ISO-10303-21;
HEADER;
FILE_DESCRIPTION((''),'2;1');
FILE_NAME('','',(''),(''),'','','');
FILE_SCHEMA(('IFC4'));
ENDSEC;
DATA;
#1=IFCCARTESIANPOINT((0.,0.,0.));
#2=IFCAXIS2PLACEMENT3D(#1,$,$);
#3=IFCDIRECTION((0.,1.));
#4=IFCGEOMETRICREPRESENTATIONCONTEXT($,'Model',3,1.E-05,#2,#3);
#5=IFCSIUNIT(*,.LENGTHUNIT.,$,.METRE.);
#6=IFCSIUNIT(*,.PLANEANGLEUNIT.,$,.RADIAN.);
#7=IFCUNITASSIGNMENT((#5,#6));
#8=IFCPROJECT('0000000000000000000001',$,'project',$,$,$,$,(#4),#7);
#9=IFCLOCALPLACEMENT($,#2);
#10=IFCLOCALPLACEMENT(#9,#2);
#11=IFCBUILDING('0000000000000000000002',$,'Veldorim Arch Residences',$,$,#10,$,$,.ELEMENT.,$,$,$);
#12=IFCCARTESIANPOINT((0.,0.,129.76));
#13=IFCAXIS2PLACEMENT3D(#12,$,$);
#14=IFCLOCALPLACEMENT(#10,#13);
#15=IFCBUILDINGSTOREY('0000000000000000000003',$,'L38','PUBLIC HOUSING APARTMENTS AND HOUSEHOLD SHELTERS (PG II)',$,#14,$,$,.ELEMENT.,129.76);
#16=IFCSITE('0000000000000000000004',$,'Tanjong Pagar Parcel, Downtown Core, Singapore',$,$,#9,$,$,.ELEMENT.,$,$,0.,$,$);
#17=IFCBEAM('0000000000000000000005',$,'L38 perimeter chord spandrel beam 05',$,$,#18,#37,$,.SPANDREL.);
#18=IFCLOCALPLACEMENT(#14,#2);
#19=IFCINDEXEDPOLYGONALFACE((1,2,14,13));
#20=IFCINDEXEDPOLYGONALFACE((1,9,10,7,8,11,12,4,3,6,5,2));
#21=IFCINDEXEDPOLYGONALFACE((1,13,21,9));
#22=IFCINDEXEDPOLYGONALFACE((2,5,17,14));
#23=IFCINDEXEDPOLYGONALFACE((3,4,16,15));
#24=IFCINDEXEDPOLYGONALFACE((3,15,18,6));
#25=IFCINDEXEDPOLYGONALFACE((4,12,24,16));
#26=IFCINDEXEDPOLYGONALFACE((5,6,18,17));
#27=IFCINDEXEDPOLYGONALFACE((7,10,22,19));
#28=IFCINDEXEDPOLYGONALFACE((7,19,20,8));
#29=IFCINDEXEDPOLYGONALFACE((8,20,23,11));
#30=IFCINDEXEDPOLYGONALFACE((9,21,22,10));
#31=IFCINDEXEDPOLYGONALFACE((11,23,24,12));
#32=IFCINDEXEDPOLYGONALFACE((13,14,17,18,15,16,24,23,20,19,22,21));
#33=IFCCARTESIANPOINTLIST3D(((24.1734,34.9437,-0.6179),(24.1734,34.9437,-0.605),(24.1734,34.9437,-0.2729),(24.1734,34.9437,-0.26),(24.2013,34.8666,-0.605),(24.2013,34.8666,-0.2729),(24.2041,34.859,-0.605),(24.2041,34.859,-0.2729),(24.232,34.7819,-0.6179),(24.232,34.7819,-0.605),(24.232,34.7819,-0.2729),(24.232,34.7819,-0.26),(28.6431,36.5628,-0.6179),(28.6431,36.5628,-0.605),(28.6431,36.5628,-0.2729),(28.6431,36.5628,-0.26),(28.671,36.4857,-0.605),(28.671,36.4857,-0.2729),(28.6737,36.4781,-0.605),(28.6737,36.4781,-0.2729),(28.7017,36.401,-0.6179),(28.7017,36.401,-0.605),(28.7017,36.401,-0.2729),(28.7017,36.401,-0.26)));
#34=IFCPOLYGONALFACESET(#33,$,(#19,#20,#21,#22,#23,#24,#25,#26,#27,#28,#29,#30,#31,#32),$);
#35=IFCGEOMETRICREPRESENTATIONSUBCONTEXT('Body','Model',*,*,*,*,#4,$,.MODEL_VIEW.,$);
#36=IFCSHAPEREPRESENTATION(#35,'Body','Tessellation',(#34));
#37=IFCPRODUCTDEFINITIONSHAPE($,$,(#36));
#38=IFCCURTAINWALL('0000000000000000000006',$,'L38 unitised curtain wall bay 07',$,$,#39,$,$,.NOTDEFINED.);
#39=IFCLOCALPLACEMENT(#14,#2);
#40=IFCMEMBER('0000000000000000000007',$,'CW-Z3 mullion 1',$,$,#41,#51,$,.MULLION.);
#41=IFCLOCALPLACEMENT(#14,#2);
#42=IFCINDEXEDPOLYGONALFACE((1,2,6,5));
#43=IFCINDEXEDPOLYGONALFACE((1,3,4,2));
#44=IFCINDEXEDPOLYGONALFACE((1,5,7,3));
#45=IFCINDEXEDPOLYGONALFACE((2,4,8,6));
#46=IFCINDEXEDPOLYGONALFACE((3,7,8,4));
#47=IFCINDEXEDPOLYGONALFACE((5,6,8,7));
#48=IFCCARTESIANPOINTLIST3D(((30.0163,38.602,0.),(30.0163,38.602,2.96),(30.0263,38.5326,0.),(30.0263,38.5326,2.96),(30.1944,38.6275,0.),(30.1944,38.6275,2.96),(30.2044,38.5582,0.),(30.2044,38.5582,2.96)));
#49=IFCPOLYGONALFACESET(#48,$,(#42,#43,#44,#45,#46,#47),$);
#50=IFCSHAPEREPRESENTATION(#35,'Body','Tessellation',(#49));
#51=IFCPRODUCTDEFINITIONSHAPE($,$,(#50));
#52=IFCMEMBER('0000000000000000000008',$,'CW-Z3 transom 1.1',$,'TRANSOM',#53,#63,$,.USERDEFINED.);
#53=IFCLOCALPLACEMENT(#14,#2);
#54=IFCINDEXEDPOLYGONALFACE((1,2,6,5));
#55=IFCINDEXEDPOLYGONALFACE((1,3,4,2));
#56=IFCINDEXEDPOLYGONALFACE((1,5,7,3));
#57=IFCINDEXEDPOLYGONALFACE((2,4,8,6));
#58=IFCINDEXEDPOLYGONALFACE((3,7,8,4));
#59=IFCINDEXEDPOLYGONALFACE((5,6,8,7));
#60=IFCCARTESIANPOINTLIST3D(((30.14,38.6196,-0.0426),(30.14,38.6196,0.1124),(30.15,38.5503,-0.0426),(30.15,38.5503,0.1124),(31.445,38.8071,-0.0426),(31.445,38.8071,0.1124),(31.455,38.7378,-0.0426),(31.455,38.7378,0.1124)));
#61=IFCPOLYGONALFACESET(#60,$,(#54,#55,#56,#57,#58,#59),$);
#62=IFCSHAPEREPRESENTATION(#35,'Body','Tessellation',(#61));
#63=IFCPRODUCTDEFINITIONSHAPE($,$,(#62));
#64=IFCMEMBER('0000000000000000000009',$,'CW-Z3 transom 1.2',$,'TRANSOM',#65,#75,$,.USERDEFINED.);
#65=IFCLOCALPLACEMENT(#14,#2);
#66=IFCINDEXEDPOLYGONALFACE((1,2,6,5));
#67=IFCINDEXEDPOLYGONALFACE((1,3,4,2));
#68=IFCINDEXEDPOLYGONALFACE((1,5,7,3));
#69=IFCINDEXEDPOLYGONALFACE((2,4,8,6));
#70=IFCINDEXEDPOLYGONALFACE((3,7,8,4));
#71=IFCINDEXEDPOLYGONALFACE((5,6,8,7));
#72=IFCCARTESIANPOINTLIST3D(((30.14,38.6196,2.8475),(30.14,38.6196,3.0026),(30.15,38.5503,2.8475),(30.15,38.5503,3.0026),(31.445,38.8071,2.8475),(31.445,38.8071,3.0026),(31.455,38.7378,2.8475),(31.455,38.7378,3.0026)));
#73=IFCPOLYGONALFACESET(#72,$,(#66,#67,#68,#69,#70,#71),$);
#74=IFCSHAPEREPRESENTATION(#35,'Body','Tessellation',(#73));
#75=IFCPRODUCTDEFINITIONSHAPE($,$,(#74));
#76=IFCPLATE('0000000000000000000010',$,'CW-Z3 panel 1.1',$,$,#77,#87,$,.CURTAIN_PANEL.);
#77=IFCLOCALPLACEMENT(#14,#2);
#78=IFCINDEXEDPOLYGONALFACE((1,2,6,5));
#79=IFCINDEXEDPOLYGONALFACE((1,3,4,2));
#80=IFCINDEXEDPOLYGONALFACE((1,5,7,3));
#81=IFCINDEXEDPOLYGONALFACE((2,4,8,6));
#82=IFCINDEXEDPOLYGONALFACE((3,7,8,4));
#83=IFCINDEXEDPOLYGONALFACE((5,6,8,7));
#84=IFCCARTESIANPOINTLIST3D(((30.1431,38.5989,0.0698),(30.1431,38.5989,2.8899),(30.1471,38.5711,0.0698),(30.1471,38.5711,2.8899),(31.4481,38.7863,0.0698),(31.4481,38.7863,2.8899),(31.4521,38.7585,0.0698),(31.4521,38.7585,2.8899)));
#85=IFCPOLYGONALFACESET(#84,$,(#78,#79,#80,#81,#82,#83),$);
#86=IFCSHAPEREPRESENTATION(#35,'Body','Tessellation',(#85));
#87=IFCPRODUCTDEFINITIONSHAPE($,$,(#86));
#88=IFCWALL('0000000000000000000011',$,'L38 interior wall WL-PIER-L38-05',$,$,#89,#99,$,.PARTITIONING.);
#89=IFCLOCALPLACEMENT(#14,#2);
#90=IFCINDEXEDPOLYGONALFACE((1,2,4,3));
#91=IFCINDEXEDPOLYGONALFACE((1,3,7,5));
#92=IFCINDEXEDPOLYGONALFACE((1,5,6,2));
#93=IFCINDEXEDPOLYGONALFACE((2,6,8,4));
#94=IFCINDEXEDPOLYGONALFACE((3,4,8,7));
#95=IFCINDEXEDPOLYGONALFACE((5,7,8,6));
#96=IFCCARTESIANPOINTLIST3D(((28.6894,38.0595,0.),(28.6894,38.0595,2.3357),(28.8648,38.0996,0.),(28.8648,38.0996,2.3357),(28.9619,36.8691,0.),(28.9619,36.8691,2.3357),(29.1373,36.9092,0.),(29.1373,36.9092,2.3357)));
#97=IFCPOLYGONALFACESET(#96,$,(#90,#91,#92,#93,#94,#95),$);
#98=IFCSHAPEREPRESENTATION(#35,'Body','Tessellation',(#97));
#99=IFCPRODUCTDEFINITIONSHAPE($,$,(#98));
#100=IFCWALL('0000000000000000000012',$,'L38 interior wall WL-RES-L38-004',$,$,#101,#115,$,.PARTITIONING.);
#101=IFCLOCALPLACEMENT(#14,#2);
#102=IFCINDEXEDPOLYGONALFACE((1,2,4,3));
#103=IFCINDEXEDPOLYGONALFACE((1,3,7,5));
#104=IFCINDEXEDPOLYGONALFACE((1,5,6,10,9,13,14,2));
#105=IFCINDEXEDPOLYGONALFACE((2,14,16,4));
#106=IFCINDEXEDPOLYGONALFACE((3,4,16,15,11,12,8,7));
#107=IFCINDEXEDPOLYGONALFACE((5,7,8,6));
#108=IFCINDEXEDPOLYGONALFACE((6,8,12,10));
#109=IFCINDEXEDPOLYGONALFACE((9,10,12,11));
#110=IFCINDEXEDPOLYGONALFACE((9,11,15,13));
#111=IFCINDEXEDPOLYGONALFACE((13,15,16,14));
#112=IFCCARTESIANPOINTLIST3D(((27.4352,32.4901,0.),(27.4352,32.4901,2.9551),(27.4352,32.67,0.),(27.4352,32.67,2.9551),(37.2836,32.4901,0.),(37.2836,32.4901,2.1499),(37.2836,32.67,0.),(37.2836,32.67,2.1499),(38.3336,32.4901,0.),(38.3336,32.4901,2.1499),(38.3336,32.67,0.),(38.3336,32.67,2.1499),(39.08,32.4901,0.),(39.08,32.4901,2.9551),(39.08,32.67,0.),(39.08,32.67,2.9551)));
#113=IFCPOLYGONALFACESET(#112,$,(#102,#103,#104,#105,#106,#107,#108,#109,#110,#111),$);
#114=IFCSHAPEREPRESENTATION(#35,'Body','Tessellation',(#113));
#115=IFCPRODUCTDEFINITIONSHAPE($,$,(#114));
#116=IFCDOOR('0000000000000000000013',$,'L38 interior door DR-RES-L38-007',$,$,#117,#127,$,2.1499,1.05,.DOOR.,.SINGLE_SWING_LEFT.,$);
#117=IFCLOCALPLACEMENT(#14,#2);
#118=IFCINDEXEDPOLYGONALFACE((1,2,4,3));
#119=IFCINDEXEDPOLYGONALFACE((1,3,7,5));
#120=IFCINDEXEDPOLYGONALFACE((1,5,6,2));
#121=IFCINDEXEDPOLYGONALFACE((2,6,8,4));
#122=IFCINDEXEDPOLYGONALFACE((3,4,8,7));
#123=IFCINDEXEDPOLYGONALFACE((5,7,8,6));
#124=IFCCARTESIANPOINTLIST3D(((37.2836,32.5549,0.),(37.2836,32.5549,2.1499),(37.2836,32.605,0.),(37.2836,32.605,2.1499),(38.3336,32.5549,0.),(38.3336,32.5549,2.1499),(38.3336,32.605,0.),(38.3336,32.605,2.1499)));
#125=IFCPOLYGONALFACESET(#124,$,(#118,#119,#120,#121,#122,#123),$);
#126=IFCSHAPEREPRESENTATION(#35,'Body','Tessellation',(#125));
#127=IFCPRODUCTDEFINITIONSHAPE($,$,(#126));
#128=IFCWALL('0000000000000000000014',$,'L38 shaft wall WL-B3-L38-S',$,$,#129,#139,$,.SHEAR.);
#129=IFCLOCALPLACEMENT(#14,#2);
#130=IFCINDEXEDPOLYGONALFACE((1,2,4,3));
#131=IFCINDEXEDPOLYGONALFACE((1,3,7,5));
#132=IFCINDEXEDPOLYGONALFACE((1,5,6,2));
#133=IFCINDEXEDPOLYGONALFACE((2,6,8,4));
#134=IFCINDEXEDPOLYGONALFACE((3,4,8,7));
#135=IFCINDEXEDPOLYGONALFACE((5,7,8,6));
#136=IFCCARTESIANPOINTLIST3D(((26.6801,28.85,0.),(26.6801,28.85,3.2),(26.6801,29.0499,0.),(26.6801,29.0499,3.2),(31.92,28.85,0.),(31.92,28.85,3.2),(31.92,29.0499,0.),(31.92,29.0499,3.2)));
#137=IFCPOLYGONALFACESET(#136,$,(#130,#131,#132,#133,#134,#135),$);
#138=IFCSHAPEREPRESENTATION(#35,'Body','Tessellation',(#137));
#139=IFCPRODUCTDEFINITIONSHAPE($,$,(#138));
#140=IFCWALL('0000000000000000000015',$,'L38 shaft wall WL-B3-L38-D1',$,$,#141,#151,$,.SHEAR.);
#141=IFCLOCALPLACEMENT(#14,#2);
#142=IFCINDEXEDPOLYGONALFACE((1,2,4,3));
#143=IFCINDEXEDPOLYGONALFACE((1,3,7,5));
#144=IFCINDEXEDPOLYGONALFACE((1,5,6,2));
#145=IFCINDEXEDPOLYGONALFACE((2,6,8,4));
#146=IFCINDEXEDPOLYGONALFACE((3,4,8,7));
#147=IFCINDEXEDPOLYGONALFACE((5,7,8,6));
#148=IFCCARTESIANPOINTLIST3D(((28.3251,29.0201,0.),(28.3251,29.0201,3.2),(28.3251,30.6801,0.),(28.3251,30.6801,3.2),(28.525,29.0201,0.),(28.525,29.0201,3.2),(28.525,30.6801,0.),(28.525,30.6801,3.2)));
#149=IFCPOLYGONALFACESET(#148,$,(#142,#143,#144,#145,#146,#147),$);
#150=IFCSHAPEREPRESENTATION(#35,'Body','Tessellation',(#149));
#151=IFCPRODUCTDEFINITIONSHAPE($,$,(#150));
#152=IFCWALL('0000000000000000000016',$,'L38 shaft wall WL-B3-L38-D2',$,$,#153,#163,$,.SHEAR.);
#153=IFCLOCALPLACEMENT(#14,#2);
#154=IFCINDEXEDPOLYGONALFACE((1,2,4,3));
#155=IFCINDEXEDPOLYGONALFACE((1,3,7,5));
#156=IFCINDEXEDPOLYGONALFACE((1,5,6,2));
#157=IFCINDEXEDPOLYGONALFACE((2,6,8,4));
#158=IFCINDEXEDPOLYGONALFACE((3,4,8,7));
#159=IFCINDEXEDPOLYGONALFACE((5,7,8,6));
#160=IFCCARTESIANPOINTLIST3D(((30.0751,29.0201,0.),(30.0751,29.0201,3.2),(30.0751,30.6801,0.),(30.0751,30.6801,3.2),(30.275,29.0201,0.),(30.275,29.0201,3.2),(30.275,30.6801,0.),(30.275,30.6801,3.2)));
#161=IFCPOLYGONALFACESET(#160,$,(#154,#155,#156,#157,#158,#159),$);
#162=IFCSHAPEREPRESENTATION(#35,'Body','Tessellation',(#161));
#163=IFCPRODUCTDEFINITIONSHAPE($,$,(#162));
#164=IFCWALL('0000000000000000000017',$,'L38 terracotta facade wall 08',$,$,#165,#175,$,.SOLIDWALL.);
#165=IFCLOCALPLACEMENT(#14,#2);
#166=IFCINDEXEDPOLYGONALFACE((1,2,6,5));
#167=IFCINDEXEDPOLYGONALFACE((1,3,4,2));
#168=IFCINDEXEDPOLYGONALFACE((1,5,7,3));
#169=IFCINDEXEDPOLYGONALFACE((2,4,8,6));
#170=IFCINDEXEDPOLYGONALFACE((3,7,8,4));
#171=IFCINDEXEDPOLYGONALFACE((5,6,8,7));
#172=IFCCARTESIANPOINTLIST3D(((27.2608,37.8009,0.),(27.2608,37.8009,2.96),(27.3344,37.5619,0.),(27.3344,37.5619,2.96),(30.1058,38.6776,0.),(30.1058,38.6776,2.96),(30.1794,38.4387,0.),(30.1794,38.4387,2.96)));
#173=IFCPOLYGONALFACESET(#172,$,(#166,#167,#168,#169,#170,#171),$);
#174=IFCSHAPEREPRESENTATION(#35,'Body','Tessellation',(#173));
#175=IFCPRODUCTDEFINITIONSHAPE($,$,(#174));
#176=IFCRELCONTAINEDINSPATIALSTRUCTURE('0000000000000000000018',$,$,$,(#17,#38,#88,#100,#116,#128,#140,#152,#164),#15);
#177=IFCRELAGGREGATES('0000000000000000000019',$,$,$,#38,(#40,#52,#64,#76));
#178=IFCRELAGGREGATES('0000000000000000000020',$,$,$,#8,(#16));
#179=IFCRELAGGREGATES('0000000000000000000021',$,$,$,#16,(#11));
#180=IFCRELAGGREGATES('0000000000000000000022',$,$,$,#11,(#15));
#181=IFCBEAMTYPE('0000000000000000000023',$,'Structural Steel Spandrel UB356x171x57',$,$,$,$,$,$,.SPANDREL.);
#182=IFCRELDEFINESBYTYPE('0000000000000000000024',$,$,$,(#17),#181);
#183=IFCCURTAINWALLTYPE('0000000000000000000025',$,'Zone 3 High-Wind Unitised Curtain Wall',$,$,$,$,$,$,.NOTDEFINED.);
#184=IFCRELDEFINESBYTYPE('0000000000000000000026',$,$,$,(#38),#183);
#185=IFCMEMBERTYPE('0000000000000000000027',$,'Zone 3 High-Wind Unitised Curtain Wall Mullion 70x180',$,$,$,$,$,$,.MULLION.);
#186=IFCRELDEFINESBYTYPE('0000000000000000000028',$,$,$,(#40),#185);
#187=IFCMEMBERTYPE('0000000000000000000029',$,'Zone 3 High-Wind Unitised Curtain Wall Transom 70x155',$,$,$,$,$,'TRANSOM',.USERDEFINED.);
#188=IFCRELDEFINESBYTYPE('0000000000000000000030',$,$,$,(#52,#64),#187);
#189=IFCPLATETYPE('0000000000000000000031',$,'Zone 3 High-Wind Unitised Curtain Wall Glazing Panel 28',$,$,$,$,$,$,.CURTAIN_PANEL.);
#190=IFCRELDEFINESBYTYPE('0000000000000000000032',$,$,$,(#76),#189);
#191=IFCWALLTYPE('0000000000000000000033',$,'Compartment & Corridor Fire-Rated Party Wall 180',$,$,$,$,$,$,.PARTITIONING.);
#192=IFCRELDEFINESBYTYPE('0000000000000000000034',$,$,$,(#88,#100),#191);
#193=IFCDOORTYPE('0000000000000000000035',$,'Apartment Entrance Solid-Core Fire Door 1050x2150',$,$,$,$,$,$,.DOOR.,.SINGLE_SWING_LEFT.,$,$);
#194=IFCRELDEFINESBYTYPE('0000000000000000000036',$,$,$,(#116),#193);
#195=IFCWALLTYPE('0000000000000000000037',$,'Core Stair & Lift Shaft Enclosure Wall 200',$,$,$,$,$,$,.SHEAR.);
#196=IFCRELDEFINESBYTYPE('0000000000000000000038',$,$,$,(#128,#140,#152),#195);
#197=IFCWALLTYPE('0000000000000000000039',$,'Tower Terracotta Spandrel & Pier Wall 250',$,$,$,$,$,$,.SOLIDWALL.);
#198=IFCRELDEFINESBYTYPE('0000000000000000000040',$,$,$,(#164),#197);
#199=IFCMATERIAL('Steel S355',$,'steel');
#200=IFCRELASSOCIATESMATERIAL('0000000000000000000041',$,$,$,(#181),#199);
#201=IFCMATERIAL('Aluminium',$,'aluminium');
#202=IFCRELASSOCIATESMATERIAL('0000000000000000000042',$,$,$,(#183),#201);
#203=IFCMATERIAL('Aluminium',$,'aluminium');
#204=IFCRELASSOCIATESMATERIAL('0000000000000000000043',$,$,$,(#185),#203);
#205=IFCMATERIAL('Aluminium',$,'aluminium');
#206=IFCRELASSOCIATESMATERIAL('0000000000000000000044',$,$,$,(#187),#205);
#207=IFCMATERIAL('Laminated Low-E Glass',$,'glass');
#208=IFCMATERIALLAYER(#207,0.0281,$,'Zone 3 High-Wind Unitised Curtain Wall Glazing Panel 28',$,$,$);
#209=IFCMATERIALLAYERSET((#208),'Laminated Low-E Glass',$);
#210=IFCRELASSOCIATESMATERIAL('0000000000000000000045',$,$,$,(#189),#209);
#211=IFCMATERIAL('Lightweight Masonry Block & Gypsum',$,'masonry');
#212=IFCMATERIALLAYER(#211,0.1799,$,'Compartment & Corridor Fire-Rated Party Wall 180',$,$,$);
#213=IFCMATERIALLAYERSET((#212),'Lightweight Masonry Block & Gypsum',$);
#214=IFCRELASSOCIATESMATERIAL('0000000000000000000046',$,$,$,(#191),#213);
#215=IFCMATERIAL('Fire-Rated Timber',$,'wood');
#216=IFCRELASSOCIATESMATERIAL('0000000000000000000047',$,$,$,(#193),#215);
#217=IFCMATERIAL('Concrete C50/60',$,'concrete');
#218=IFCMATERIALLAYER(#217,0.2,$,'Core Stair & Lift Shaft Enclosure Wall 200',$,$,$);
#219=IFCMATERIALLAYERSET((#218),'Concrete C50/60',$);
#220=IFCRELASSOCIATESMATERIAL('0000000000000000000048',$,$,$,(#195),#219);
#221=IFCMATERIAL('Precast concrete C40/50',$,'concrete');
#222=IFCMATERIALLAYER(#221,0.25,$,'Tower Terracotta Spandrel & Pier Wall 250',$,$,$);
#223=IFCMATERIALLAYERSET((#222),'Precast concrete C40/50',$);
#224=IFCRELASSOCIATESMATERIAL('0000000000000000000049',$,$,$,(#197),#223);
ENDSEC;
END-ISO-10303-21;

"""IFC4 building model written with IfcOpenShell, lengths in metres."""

from ifc_helpers import new_model, si_unit, direction, frame, frame_2d, origin, origin_2d, place, context, subcontext, project, spatial, rectangle, i_section, extrude, material, layer, layer_set, material_profile, profile_set, type_object, element, fill, aggregate, save


model = new_model("IFC4")

# Units and contexts
model_context = context("Model", 3, precision=1e-05, world=origin(), true_north=direction((0.0, 1.0)))
body_context = subcontext(model_context, "Body", "Model", "MODEL_VIEW")
ifc_project = project(units=[si_unit("LENGTHUNIT", "METRE"), si_unit("PLANEANGLEUNIT", "RADIAN")], contexts=[model_context])

# Site, building, storey
site_placement = place(None, origin())
site = spatial("IfcSite", under=ifc_project, at=site_placement, Name="Tanjong Pagar Parcel, Downtown Core, Singapore", CompositionType="ELEMENT", RefElevation=0.0)
building_placement = place(site_placement, origin())
building = spatial("IfcBuilding", under=site, at=building_placement, Name="Veldorim Arch Residences", CompositionType="ELEMENT")
storey_placement = place(building_placement, frame((0.0, 0.0, 129.76)))
storey = spatial("IfcBuildingStorey", under=building, at=storey_placement, Name="L38", Description="PUBLIC HOUSING APARTMENTS AND HOUSEHOLD SHELTERS (PG II)", CompositionType="ELEMENT", Elevation=129.76)

# Beam
ifc_material_1 = material(Name="Steel S355", Category="steel")
ifc_material_profile_1 = material_profile(ifc_material_1, i_section(OverallWidth=0.1721, OverallDepth=0.3579, WebThickness=0.0081, FlangeThickness=0.0129, at=origin_2d()), Name="UB356x171x57")
ifc_profile_set_1 = profile_set([ifc_material_profile_1], Name="Steel S355")
beam_type_1 = type_object("IfcBeamType", Name="Structural Steel Spandrel UB356x171x57", PredefinedType="SPANDREL", material=ifc_profile_set_1)
beam_1_placement = place(storey_placement, frame((28.6724, 36.4819, -0.439), z_axis=(-0.940213, -0.340588, 0.0), x_axis=(0.340588, -0.940213, 0.0)))
element("IfcBeam", 1, at=beam_1_placement, inside=storey, type_object=beam_type_1, Name="L38 perimeter chord spandrel beam 05", PredefinedType="SPANDREL", context=body_context, shape_type="SweptSolid", body=[
    extrude(i_section(OverallWidth=0.1721, OverallDepth=0.3579, WebThickness=0.0081, FlangeThickness=0.0129, at=origin_2d()), origin(), (0.0, 0.0, 1.0), 4.7539),
])

# Curtain wall, members, plate
ifc_material_2 = material(Name="Aluminium", Category="aluminium")
curtain_wall_type = type_object("IfcCurtainWallType", Name="Zone 3 High-Wind Unitised Curtain Wall", PredefinedType="NOTDEFINED", material=ifc_material_2)
curtain_wall_placement = place(storey_placement, origin())
curtain_wall = element("IfcCurtainWall", 2, at=curtain_wall_placement, inside=storey, type_object=curtain_wall_type, Name="L38 unitised curtain wall bay 07", PredefinedType="NOTDEFINED")
ifc_material_3 = material(Name="Aluminium", Category="aluminium")
ifc_material_profile_2 = material_profile(ifc_material_3, rectangle(XDim=0.0701, YDim=0.1799, at=origin_2d()), Name="ALU_MUL_70x180")
ifc_profile_set_2 = profile_set([ifc_material_profile_2], Name="Aluminium")
member_type_1 = type_object("IfcMemberType", Name="Zone 3 High-Wind Unitised Curtain Wall Mullion 70x180", PredefinedType="MULLION", material=ifc_profile_set_2)
member_1_placement = place(storey_placement, frame((30.1104, 38.5801, 0.0), z_axis=(0.0, 0.0, 1.0), x_axis=(-0.14212, 0.989849, 0.0)))
member_1 = element("IfcMember", 3, at=member_1_placement, type_object=member_type_1, Name="CW-Z3 mullion 1", PredefinedType="MULLION", context=body_context, shape_type="SweptSolid", body=[
    extrude(rectangle(XDim=0.0701, YDim=0.1799, at=origin_2d()), origin(), (0.0, 0.0, 1.0), 2.96),
])
ifc_material_4 = material(Name="Aluminium", Category="aluminium")
ifc_material_profile_3 = material_profile(ifc_material_4, rectangle(XDim=0.0701, YDim=0.155, at=origin_2d()), Name="ALU_TRN_70x155")
ifc_profile_set_3 = profile_set([ifc_material_profile_3], Name="Aluminium")
member_type_2 = type_object("IfcMemberType", Name="Zone 3 High-Wind Unitised Curtain Wall Transom 70x155", ElementType="TRANSOM", PredefinedType="USERDEFINED", material=ifc_profile_set_3)
member_2_placement = place(storey_placement, frame((30.145, 38.585, 0.0349), z_axis=(0.989834, 0.142225, 0.0), x_axis=(-0.142225, 0.989834, 0.0)))
member_2 = element("IfcMember", 4, at=member_2_placement, type_object=member_type_2, Name="CW-Z3 transom 1.1", ObjectType="TRANSOM", PredefinedType="USERDEFINED", context=body_context, shape_type="SweptSolid", body=[
    extrude(rectangle(XDim=0.0701, YDim=0.155, at=origin_2d()), origin(), (0.0, 0.0, 1.0), 1.3184),
])
member_3_placement = place(storey_placement, frame((30.145, 38.585, 2.925), z_axis=(0.989834, 0.142225, 0.0), x_axis=(-0.142225, 0.989834, 0.0)))
member_3 = element("IfcMember", 5, at=member_3_placement, type_object=member_type_2, Name="CW-Z3 transom 1.2", ObjectType="TRANSOM", PredefinedType="USERDEFINED", context=body_context, shape_type="SweptSolid", body=[
    extrude(rectangle(XDim=0.0701, YDim=0.155, at=origin_2d()), origin(), (0.0, 0.0, 1.0), 1.3184),
])
ifc_material_5 = material(Name="Laminated Low-E Glass", Category="glass")
ifc_layer_1 = layer(ifc_material_5, 0.0281, Name="Zone 3 High-Wind Unitised Curtain Wall Glazing Panel 28")
ifc_layer_set_1 = layer_set([ifc_layer_1], Name="Laminated Low-E Glass")
plate_type = type_object("IfcPlateType", Name="Zone 3 High-Wind Unitised Curtain Wall Glazing Panel 28", PredefinedType="CURTAIN_PANEL", material=ifc_layer_set_1)
plate_placement = place(storey_placement, frame((30.7976, 38.6787, 0.0698), z_axis=(0.0, 0.0, 1.0), x_axis=(0.989849, 0.14212, 0.0)))
plate = element("IfcPlate", 6, at=plate_placement, type_object=plate_type, Name="CW-Z3 panel 1.1", PredefinedType="CURTAIN_PANEL", context=body_context, shape_type="SweptSolid", body=[
    extrude(rectangle(XDim=1.3184, YDim=0.0281, at=origin_2d()), origin(), (0.0, 0.0, 1.0), 2.8201),
])
aggregate(curtain_wall, [member_1, member_2, member_3, plate])

# Wall
ifc_material_6 = material(Name="Lightweight Masonry Block & Gypsum", Category="masonry")
ifc_layer_2 = layer(ifc_material_6, 0.1799, Name="Compartment & Corridor Fire-Rated Party Wall 180")
ifc_layer_set_2 = layer_set([ifc_layer_2], Name="Lightweight Masonry Block & Gypsum")
wall_type_1 = type_object("IfcWallType", Name="Compartment & Corridor Fire-Rated Party Wall 180", PredefinedType="PARTITIONING", material=ifc_layer_set_2)
wall_1_placement = place(storey_placement, frame((29.0496, 36.8892, 0.0), z_axis=(0.0, 0.0, 1.0), x_axis=(-0.223107, 0.974794, 0.0)))
element("IfcWall", 7, at=wall_1_placement, inside=storey, type_object=wall_type_1, Name="L38 interior wall WL-PIER-L38-05", PredefinedType="PARTITIONING", context=body_context, shape_type="SweptSolid", body=[
    extrude(rectangle(XDim=1.2212, YDim=0.1799, at=frame_2d((0.6106, 0.0))), origin(), (0.0, 0.0, 1.0), 2.3357),
])

# Wall, opening, door
wall_2_placement = place(storey_placement, frame((27.4353, 32.5801, 0.0), z_axis=(0.0, 0.0, 1.0), x_axis=(1.0, 0.0, 0.0)))
wall_2 = element("IfcWall", 8, at=wall_2_placement, inside=storey, type_object=wall_type_1, Name="L38 interior wall WL-RES-L38-004", PredefinedType="PARTITIONING", context=body_context, shape_type="SweptSolid", body=[
    extrude(rectangle(XDim=11.6448, YDim=0.1799, at=frame_2d((5.8223, 0.0))), origin(), (0.0, 0.0, 1.0), 2.9551),
])
opening_placement = place(wall_2_placement, frame((9.8484, 0.0, 0.0)))
opening = element("IfcOpeningElement", 9, at=opening_placement, cuts=wall_2, PredefinedType="OPENING", context=body_context, shape_type="SweptSolid", body=[
    extrude(rectangle(XDim=1.05, YDim=2.1499, at=frame_2d((0.5249, 1.075))), frame((0.0, 0.0999, 0.0), z_axis=(0.0, -1.0, 0.0), x_axis=(1.0, 0.0, 0.0)), (0.0, 0.0, 1.0), 0.2),
])
ifc_material_7 = material(Name="Fire-Rated Timber", Category="wood")
door_type = type_object("IfcDoorType", Name="Apartment Entrance Solid-Core Fire Door 1050x2150", OperationType="SINGLE_SWING_LEFT", PredefinedType="DOOR", material=ifc_material_7)
door_placement = place(opening_placement, origin())
door = element("IfcDoor", 10, at=door_placement, inside=storey, type_object=door_type, Name="L38 interior door DR-RES-L38-007", OperationType="SINGLE_SWING_LEFT", OverallHeight=2.1499, OverallWidth=1.05, PredefinedType="DOOR", context=body_context, shape_type="SweptSolid", body=[
    extrude(rectangle(XDim=1.05, YDim=2.1499, at=frame_2d((0.5249, 1.075))), frame((0.0, 0.0249, 0.0), z_axis=(0.0, -1.0, 0.0), x_axis=(1.0, 0.0, 0.0)), (0.0, 0.0, 1.0), 0.05),
])
fill(opening, door)

# Walls
ifc_material_8 = material(Name="Concrete C50/60", Category="concrete")
ifc_layer_3 = layer(ifc_material_8, 0.2, Name="Core Stair & Lift Shaft Enclosure Wall 200")
ifc_layer_set_3 = layer_set([ifc_layer_3], Name="Concrete C50/60")
wall_type_2 = type_object("IfcWallType", Name="Core Stair & Lift Shaft Enclosure Wall 200", PredefinedType="SHEAR", material=ifc_layer_set_3)
wall_3_placement = place(storey_placement, frame((26.6799, 28.95, 0.0), z_axis=(0.0, 0.0, 1.0), x_axis=(1.0, 0.0, 0.0)))
element("IfcWall", 11, at=wall_3_placement, inside=storey, type_object=wall_type_2, Name="L38 shaft wall WL-B3-L38-S", PredefinedType="SHEAR", context=body_context, shape_type="SweptSolid", body=[
    extrude(rectangle(XDim=5.24, YDim=0.2, at=frame_2d((2.6201, 0.0))), origin(), (0.0, 0.0, 1.0), 3.2),
])
for number, where, z_axis, x_axis, name in (
    (12, (28.425, 29.02, 0.0), (0.0, 0.0, 1.0), (0.0, 1.0, 0.0), "L38 shaft wall WL-B3-L38-D1"),
    (13, (30.175, 29.02, 0.0), (0.0, 0.0, 1.0), (0.0, 1.0, 0.0), "L38 shaft wall WL-B3-L38-D2"),
):
    element("IfcWall", number, at=place(storey_placement, frame(where, z_axis=z_axis, x_axis=x_axis)), inside=storey, type_object=wall_type_2, Name=name, PredefinedType="SHEAR", context=body_context, shape_type="SweptSolid", body=[
        extrude(rectangle(XDim=1.6599, YDim=0.2, at=frame_2d((0.8301, 0.0))), origin(), (0.0, 0.0, 1.0), 3.2),
    ])
ifc_material_9 = material(Name="Precast concrete C40/50", Category="concrete")
ifc_layer_4 = layer(ifc_material_9, 0.25, Name="Tower Terracotta Spandrel & Pier Wall 250")
ifc_layer_set_4 = layer_set([ifc_layer_4], Name="Precast concrete C40/50")
wall_type_3 = type_object("IfcWallType", Name="Tower Terracotta Spandrel & Pier Wall 250", PredefinedType="SOLIDWALL", material=ifc_layer_set_4)
wall_4_placement = place(storey_placement, frame((27.2976, 37.6814, 0.0), z_axis=(0.0, 0.0, 1.0), x_axis=(0.955653, 0.294495, 0.0)))
element("IfcWall", 14, at=wall_4_placement, inside=storey, type_object=wall_type_3, Name="L38 terracotta facade wall 08", PredefinedType="SOLIDWALL", context=body_context, shape_type="SweptSolid", body=[
    extrude(rectangle(XDim=2.9771, YDim=0.25, at=frame_2d((1.4885, 0.0))), origin(), (0.0, 0.0, 1.0), 2.96),
])

save(model, "model.ifc")
